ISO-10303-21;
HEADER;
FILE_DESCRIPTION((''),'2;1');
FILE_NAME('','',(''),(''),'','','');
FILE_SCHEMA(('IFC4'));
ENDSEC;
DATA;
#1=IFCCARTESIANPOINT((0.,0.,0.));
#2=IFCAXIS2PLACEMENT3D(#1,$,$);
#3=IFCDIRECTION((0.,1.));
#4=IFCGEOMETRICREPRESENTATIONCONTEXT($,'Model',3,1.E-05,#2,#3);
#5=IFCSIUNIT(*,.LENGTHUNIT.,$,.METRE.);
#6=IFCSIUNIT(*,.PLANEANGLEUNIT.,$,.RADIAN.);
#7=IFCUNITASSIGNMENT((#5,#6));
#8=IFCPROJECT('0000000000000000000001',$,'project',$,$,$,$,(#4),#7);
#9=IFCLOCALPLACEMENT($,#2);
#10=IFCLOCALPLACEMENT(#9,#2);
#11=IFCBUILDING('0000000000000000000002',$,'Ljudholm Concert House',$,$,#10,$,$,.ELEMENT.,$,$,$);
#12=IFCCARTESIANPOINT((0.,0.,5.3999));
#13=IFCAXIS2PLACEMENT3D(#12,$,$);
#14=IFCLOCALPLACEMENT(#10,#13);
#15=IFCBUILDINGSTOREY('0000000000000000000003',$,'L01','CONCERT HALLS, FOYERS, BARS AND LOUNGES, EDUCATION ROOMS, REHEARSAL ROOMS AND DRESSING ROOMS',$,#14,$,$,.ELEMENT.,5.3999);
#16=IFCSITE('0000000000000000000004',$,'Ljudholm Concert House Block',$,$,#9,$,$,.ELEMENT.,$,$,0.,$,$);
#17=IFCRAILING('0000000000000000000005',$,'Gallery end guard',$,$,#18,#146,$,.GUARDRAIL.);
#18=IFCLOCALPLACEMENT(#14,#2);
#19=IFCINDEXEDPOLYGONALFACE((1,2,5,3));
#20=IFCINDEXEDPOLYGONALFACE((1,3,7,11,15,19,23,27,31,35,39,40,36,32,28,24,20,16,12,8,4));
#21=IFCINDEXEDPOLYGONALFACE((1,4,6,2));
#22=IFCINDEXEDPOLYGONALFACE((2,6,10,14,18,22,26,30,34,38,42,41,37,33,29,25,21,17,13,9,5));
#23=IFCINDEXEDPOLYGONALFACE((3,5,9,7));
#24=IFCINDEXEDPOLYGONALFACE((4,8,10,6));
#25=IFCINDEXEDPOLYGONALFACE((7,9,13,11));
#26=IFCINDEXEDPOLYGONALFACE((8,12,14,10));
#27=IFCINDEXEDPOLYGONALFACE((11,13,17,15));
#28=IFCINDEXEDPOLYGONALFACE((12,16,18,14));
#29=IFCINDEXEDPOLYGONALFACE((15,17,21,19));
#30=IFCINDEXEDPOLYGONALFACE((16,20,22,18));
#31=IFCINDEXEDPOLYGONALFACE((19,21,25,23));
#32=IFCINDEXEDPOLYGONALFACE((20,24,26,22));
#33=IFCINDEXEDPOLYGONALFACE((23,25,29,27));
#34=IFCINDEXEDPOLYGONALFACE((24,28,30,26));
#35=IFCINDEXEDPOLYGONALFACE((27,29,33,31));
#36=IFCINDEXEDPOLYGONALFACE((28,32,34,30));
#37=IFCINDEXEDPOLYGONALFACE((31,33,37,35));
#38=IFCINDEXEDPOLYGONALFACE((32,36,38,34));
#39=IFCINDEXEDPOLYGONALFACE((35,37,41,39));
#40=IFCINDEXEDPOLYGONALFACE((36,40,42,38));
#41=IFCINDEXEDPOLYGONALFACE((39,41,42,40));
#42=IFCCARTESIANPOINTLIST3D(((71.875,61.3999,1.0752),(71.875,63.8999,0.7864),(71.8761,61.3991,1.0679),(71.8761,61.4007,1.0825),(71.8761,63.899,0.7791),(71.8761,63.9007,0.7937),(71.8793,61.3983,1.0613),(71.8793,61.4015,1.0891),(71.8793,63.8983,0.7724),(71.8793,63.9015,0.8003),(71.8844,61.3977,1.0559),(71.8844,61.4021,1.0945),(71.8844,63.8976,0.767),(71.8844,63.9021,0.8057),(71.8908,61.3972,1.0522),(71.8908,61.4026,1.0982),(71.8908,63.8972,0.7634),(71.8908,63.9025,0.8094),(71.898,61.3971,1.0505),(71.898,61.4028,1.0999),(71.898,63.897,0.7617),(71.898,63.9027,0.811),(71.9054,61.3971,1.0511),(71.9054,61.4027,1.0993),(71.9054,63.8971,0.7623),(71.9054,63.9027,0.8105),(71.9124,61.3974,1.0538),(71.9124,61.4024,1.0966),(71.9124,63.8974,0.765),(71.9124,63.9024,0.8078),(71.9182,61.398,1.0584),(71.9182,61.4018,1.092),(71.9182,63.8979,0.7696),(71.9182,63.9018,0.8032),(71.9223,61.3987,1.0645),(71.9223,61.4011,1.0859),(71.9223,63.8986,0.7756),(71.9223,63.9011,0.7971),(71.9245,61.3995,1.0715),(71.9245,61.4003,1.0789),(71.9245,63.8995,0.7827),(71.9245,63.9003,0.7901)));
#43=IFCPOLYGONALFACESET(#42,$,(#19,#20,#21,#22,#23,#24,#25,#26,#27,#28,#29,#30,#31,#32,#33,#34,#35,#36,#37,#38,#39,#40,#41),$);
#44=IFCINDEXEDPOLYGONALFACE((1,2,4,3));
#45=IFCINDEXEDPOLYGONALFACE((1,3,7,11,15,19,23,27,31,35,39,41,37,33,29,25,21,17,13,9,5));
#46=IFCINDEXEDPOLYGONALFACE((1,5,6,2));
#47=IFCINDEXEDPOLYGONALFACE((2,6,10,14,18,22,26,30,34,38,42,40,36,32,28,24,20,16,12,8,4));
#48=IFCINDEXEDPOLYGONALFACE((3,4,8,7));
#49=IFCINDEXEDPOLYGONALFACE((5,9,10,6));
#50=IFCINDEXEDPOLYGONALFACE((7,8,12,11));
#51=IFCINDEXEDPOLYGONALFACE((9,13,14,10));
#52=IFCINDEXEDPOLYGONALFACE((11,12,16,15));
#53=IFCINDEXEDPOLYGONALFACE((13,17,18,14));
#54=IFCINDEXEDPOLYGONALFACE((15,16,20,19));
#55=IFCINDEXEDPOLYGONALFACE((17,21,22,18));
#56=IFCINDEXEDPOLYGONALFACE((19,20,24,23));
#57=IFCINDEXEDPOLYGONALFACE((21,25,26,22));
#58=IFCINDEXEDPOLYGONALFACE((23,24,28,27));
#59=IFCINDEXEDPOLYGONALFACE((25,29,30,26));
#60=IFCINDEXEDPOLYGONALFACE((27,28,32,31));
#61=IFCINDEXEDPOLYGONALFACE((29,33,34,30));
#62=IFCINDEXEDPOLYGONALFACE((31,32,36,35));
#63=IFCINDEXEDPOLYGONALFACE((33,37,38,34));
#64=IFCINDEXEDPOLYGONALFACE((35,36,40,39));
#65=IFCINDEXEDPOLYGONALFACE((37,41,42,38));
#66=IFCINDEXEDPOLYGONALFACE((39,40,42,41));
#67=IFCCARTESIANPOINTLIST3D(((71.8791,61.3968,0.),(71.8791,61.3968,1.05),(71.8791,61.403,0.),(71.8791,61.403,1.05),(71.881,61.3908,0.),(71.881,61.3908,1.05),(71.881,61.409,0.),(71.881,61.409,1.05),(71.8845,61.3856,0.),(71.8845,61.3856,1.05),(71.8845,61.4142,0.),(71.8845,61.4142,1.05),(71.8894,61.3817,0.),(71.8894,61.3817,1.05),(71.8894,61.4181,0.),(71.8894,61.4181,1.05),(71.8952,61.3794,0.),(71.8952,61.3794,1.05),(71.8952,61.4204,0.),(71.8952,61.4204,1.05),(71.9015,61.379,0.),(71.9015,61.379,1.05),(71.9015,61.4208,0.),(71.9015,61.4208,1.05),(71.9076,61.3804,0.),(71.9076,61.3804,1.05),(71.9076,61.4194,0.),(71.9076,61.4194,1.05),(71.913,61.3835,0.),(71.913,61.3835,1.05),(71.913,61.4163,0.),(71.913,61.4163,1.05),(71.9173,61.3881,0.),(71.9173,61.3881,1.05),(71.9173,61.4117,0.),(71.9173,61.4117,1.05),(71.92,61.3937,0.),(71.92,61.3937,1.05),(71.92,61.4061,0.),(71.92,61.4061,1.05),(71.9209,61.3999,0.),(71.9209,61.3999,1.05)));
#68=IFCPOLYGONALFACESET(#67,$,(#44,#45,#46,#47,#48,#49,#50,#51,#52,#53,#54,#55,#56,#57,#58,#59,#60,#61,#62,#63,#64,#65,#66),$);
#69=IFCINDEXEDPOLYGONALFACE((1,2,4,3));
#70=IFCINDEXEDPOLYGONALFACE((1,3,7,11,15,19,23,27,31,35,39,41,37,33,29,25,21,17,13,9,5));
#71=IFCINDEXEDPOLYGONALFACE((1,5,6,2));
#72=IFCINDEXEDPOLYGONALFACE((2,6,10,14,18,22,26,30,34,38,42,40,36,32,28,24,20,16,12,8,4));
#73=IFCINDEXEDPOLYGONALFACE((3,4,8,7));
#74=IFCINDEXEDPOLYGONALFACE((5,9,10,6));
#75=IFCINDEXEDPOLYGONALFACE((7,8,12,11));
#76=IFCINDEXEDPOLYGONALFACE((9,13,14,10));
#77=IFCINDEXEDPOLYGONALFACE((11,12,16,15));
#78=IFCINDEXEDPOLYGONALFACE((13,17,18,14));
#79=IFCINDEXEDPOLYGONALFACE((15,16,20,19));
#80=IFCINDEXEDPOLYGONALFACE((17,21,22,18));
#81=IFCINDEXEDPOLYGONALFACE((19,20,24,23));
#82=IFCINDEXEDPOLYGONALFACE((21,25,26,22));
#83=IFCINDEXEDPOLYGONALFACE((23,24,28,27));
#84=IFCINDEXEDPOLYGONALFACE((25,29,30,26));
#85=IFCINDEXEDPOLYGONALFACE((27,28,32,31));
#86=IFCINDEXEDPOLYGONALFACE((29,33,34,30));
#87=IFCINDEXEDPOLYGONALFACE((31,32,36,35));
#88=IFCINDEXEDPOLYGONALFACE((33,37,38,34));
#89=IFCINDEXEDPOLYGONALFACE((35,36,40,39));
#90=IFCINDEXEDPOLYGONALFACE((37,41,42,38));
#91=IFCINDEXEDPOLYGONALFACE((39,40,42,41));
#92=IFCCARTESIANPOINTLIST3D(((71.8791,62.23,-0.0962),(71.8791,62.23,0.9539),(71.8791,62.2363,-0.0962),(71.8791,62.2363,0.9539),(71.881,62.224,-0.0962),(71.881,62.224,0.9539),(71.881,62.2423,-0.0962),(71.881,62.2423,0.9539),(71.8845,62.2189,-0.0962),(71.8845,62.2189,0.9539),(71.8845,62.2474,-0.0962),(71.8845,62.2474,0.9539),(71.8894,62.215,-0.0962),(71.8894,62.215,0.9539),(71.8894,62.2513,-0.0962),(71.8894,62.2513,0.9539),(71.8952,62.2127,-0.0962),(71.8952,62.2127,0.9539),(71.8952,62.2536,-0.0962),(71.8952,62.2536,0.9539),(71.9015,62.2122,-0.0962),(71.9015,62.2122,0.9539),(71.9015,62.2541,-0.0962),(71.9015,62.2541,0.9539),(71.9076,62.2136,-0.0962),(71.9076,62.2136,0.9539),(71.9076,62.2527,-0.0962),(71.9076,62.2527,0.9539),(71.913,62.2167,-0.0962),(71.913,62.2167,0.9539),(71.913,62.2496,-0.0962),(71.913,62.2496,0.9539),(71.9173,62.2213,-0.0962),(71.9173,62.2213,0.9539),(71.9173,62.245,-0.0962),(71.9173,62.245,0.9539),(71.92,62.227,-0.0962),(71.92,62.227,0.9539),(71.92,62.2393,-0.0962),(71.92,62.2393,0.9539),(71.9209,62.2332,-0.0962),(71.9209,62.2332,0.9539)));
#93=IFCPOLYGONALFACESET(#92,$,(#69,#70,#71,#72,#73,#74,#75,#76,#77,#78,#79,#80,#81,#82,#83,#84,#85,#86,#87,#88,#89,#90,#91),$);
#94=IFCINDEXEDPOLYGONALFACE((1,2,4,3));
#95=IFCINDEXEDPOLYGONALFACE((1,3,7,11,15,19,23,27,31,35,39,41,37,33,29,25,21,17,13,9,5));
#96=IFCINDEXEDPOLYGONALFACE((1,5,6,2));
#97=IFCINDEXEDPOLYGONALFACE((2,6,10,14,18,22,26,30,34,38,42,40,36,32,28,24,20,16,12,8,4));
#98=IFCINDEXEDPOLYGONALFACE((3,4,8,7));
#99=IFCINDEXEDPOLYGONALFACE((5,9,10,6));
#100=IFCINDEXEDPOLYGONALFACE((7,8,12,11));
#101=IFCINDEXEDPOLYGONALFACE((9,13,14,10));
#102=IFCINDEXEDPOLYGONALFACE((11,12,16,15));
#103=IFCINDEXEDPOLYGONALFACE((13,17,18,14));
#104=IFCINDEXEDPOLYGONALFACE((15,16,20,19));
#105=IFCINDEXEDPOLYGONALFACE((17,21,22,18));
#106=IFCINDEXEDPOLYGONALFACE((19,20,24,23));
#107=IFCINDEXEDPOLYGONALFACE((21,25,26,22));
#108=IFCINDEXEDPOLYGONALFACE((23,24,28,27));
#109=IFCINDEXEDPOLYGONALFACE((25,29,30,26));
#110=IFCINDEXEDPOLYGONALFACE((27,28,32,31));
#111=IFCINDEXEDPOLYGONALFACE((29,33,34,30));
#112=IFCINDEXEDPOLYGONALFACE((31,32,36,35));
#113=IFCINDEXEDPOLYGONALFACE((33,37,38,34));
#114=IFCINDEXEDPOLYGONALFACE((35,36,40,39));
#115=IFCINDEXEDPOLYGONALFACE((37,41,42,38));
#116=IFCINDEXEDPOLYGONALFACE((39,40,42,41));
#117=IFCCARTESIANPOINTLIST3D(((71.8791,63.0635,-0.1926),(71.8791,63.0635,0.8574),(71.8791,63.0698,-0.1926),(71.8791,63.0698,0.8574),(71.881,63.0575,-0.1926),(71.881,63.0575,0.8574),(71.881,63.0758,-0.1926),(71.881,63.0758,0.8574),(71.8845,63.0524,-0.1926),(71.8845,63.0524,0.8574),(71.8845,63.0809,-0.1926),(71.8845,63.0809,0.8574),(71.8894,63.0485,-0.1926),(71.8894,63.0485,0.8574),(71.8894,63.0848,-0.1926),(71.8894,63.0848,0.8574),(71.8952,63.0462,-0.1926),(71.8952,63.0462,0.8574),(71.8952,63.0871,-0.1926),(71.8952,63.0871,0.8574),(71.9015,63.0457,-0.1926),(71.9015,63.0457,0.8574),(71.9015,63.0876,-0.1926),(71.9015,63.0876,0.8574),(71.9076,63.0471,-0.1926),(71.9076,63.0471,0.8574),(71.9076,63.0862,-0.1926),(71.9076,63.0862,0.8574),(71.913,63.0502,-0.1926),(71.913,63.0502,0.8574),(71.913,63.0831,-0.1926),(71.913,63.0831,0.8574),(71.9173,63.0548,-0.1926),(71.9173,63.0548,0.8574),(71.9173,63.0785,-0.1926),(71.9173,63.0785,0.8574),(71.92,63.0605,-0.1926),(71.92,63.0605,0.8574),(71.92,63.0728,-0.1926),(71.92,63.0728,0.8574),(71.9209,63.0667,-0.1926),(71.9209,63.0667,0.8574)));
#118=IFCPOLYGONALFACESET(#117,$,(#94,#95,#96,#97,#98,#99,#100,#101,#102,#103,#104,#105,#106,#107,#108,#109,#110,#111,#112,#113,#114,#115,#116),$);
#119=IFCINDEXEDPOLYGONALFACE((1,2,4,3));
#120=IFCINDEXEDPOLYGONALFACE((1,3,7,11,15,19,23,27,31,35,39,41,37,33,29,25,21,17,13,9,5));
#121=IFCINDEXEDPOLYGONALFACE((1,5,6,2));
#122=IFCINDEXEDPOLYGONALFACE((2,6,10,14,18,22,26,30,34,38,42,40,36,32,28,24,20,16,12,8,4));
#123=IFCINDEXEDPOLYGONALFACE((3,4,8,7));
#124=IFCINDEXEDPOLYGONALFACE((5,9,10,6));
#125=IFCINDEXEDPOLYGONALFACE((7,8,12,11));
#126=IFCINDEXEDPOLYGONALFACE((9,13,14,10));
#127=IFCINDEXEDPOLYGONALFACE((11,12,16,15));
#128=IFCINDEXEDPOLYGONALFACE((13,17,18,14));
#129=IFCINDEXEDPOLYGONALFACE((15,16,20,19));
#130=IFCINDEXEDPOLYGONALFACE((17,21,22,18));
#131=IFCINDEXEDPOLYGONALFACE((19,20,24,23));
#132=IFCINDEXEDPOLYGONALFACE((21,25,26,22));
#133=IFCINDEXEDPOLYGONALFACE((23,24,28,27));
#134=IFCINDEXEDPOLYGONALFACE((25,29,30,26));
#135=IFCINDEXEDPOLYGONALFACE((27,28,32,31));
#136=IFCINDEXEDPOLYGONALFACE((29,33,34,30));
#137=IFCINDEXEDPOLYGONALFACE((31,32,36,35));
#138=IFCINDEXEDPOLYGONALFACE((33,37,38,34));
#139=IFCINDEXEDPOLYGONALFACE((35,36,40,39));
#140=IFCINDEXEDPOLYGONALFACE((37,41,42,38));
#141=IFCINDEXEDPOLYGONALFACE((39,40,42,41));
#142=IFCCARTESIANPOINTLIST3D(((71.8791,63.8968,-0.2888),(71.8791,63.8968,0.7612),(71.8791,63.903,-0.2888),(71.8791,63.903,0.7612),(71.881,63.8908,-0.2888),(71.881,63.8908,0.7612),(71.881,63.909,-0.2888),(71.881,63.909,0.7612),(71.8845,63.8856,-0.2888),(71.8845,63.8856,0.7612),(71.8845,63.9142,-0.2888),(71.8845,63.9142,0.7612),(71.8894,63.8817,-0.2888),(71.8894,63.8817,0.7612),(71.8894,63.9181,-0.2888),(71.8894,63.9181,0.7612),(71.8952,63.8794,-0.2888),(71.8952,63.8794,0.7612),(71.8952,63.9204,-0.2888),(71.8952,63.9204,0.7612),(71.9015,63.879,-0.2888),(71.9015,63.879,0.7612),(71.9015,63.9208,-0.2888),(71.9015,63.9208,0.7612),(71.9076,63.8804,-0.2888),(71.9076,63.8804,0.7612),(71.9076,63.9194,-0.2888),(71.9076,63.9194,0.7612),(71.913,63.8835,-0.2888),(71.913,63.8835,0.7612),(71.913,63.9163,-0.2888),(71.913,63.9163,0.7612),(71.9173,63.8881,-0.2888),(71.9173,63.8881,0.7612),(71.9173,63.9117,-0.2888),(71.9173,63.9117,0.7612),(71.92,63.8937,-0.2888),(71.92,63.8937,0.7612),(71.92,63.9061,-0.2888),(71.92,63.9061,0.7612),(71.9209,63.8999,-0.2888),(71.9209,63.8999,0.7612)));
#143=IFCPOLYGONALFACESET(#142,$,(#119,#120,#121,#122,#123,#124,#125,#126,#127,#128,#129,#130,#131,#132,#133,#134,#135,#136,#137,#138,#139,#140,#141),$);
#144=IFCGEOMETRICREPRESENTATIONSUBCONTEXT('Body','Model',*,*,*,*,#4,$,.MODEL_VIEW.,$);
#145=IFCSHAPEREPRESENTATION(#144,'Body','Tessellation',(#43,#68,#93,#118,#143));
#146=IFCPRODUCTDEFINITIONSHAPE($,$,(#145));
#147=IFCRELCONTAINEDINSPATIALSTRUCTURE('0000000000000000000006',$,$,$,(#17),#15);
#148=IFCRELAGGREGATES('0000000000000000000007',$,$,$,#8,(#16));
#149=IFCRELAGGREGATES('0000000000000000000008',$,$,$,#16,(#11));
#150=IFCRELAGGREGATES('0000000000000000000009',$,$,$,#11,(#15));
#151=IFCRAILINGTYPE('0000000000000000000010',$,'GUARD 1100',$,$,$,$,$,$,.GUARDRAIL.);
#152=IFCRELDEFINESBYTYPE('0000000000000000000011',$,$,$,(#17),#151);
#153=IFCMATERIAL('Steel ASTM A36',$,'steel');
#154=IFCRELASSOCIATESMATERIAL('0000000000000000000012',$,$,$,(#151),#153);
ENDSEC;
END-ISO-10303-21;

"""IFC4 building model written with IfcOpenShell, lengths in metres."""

from ifc_helpers import new_model, si_unit, direction, frame, origin, origin_2d, place, context, subcontext, project, spatial, circle, extrude, material, type_object, element, save


model = new_model("IFC4")

# Units and contexts
model_context = context("Model", 3, precision=1e-05, world=origin(), true_north=direction((0.0, 1.0)))
body_context = subcontext(model_context, "Body", "Model", "MODEL_VIEW")
ifc_project = project(units=[si_unit("LENGTHUNIT", "METRE"), si_unit("PLANEANGLEUNIT", "RADIAN")], contexts=[model_context])

# Site, building, storey
site_placement = place(None, origin())
site = spatial("IfcSite", under=ifc_project, at=site_placement, Name="Ljudholm Concert House Block", CompositionType="ELEMENT", RefElevation=0.0)
building_placement = place(site_placement, origin())
building = spatial("IfcBuilding", under=site, at=building_placement, Name="Ljudholm Concert House", CompositionType="ELEMENT")
storey_placement = place(building_placement, frame((0.0, 0.0, 5.3999)))
storey = spatial("IfcBuildingStorey", under=building, at=storey_placement, Name="L01", Description="CONCERT HALLS, FOYERS, BARS AND LOUNGES, EDUCATION ROOMS, REHEARSAL ROOMS AND DRESSING ROOMS", CompositionType="ELEMENT", Elevation=5.3999)

# Railing
ifc_material_1 = material(Name="Steel ASTM A36", Category="steel")
railing_type = type_object("IfcRailingType", Name="GUARD 1100", PredefinedType="GUARDRAIL", material=ifc_material_1)
railing_1_placement = place(storey_placement, frame((71.8999, 61.3999, 0.0)))
element("IfcRailing", 1, at=railing_1_placement, inside=storey, type_object=railing_type, Name="Gallery end guard", PredefinedType="GUARDRAIL", context=body_context, shape_type="SweptSolid", body=[
    extrude(circle(Radius=0.0249, at=origin_2d()), frame((0.0, 0.0, 1.0752), z_axis=(0.0, 0.993393, -0.114764), x_axis=(-1.0, 0.0, 0.0)), (0.0, 0.0, 1.0), 2.5166),
    extrude(circle(Radius=0.021, at=origin_2d()), origin(), (0.0, 0.0, 1.0), 1.05),
    extrude(circle(Radius=0.021, at=origin_2d()), frame((0.0, 0.8333, -0.0962)), (0.0, 0.0, 1.0), 1.05),
    extrude(circle(Radius=0.021, at=origin_2d()), frame((0.0, 1.6667, -0.1926)), (0.0, 0.0, 1.0), 1.05),
    extrude(circle(Radius=0.021, at=origin_2d()), frame((0.0, 2.5, -0.2888)), (0.0, 0.0, 1.0), 1.05),
])

save(model, "model.ifc")
